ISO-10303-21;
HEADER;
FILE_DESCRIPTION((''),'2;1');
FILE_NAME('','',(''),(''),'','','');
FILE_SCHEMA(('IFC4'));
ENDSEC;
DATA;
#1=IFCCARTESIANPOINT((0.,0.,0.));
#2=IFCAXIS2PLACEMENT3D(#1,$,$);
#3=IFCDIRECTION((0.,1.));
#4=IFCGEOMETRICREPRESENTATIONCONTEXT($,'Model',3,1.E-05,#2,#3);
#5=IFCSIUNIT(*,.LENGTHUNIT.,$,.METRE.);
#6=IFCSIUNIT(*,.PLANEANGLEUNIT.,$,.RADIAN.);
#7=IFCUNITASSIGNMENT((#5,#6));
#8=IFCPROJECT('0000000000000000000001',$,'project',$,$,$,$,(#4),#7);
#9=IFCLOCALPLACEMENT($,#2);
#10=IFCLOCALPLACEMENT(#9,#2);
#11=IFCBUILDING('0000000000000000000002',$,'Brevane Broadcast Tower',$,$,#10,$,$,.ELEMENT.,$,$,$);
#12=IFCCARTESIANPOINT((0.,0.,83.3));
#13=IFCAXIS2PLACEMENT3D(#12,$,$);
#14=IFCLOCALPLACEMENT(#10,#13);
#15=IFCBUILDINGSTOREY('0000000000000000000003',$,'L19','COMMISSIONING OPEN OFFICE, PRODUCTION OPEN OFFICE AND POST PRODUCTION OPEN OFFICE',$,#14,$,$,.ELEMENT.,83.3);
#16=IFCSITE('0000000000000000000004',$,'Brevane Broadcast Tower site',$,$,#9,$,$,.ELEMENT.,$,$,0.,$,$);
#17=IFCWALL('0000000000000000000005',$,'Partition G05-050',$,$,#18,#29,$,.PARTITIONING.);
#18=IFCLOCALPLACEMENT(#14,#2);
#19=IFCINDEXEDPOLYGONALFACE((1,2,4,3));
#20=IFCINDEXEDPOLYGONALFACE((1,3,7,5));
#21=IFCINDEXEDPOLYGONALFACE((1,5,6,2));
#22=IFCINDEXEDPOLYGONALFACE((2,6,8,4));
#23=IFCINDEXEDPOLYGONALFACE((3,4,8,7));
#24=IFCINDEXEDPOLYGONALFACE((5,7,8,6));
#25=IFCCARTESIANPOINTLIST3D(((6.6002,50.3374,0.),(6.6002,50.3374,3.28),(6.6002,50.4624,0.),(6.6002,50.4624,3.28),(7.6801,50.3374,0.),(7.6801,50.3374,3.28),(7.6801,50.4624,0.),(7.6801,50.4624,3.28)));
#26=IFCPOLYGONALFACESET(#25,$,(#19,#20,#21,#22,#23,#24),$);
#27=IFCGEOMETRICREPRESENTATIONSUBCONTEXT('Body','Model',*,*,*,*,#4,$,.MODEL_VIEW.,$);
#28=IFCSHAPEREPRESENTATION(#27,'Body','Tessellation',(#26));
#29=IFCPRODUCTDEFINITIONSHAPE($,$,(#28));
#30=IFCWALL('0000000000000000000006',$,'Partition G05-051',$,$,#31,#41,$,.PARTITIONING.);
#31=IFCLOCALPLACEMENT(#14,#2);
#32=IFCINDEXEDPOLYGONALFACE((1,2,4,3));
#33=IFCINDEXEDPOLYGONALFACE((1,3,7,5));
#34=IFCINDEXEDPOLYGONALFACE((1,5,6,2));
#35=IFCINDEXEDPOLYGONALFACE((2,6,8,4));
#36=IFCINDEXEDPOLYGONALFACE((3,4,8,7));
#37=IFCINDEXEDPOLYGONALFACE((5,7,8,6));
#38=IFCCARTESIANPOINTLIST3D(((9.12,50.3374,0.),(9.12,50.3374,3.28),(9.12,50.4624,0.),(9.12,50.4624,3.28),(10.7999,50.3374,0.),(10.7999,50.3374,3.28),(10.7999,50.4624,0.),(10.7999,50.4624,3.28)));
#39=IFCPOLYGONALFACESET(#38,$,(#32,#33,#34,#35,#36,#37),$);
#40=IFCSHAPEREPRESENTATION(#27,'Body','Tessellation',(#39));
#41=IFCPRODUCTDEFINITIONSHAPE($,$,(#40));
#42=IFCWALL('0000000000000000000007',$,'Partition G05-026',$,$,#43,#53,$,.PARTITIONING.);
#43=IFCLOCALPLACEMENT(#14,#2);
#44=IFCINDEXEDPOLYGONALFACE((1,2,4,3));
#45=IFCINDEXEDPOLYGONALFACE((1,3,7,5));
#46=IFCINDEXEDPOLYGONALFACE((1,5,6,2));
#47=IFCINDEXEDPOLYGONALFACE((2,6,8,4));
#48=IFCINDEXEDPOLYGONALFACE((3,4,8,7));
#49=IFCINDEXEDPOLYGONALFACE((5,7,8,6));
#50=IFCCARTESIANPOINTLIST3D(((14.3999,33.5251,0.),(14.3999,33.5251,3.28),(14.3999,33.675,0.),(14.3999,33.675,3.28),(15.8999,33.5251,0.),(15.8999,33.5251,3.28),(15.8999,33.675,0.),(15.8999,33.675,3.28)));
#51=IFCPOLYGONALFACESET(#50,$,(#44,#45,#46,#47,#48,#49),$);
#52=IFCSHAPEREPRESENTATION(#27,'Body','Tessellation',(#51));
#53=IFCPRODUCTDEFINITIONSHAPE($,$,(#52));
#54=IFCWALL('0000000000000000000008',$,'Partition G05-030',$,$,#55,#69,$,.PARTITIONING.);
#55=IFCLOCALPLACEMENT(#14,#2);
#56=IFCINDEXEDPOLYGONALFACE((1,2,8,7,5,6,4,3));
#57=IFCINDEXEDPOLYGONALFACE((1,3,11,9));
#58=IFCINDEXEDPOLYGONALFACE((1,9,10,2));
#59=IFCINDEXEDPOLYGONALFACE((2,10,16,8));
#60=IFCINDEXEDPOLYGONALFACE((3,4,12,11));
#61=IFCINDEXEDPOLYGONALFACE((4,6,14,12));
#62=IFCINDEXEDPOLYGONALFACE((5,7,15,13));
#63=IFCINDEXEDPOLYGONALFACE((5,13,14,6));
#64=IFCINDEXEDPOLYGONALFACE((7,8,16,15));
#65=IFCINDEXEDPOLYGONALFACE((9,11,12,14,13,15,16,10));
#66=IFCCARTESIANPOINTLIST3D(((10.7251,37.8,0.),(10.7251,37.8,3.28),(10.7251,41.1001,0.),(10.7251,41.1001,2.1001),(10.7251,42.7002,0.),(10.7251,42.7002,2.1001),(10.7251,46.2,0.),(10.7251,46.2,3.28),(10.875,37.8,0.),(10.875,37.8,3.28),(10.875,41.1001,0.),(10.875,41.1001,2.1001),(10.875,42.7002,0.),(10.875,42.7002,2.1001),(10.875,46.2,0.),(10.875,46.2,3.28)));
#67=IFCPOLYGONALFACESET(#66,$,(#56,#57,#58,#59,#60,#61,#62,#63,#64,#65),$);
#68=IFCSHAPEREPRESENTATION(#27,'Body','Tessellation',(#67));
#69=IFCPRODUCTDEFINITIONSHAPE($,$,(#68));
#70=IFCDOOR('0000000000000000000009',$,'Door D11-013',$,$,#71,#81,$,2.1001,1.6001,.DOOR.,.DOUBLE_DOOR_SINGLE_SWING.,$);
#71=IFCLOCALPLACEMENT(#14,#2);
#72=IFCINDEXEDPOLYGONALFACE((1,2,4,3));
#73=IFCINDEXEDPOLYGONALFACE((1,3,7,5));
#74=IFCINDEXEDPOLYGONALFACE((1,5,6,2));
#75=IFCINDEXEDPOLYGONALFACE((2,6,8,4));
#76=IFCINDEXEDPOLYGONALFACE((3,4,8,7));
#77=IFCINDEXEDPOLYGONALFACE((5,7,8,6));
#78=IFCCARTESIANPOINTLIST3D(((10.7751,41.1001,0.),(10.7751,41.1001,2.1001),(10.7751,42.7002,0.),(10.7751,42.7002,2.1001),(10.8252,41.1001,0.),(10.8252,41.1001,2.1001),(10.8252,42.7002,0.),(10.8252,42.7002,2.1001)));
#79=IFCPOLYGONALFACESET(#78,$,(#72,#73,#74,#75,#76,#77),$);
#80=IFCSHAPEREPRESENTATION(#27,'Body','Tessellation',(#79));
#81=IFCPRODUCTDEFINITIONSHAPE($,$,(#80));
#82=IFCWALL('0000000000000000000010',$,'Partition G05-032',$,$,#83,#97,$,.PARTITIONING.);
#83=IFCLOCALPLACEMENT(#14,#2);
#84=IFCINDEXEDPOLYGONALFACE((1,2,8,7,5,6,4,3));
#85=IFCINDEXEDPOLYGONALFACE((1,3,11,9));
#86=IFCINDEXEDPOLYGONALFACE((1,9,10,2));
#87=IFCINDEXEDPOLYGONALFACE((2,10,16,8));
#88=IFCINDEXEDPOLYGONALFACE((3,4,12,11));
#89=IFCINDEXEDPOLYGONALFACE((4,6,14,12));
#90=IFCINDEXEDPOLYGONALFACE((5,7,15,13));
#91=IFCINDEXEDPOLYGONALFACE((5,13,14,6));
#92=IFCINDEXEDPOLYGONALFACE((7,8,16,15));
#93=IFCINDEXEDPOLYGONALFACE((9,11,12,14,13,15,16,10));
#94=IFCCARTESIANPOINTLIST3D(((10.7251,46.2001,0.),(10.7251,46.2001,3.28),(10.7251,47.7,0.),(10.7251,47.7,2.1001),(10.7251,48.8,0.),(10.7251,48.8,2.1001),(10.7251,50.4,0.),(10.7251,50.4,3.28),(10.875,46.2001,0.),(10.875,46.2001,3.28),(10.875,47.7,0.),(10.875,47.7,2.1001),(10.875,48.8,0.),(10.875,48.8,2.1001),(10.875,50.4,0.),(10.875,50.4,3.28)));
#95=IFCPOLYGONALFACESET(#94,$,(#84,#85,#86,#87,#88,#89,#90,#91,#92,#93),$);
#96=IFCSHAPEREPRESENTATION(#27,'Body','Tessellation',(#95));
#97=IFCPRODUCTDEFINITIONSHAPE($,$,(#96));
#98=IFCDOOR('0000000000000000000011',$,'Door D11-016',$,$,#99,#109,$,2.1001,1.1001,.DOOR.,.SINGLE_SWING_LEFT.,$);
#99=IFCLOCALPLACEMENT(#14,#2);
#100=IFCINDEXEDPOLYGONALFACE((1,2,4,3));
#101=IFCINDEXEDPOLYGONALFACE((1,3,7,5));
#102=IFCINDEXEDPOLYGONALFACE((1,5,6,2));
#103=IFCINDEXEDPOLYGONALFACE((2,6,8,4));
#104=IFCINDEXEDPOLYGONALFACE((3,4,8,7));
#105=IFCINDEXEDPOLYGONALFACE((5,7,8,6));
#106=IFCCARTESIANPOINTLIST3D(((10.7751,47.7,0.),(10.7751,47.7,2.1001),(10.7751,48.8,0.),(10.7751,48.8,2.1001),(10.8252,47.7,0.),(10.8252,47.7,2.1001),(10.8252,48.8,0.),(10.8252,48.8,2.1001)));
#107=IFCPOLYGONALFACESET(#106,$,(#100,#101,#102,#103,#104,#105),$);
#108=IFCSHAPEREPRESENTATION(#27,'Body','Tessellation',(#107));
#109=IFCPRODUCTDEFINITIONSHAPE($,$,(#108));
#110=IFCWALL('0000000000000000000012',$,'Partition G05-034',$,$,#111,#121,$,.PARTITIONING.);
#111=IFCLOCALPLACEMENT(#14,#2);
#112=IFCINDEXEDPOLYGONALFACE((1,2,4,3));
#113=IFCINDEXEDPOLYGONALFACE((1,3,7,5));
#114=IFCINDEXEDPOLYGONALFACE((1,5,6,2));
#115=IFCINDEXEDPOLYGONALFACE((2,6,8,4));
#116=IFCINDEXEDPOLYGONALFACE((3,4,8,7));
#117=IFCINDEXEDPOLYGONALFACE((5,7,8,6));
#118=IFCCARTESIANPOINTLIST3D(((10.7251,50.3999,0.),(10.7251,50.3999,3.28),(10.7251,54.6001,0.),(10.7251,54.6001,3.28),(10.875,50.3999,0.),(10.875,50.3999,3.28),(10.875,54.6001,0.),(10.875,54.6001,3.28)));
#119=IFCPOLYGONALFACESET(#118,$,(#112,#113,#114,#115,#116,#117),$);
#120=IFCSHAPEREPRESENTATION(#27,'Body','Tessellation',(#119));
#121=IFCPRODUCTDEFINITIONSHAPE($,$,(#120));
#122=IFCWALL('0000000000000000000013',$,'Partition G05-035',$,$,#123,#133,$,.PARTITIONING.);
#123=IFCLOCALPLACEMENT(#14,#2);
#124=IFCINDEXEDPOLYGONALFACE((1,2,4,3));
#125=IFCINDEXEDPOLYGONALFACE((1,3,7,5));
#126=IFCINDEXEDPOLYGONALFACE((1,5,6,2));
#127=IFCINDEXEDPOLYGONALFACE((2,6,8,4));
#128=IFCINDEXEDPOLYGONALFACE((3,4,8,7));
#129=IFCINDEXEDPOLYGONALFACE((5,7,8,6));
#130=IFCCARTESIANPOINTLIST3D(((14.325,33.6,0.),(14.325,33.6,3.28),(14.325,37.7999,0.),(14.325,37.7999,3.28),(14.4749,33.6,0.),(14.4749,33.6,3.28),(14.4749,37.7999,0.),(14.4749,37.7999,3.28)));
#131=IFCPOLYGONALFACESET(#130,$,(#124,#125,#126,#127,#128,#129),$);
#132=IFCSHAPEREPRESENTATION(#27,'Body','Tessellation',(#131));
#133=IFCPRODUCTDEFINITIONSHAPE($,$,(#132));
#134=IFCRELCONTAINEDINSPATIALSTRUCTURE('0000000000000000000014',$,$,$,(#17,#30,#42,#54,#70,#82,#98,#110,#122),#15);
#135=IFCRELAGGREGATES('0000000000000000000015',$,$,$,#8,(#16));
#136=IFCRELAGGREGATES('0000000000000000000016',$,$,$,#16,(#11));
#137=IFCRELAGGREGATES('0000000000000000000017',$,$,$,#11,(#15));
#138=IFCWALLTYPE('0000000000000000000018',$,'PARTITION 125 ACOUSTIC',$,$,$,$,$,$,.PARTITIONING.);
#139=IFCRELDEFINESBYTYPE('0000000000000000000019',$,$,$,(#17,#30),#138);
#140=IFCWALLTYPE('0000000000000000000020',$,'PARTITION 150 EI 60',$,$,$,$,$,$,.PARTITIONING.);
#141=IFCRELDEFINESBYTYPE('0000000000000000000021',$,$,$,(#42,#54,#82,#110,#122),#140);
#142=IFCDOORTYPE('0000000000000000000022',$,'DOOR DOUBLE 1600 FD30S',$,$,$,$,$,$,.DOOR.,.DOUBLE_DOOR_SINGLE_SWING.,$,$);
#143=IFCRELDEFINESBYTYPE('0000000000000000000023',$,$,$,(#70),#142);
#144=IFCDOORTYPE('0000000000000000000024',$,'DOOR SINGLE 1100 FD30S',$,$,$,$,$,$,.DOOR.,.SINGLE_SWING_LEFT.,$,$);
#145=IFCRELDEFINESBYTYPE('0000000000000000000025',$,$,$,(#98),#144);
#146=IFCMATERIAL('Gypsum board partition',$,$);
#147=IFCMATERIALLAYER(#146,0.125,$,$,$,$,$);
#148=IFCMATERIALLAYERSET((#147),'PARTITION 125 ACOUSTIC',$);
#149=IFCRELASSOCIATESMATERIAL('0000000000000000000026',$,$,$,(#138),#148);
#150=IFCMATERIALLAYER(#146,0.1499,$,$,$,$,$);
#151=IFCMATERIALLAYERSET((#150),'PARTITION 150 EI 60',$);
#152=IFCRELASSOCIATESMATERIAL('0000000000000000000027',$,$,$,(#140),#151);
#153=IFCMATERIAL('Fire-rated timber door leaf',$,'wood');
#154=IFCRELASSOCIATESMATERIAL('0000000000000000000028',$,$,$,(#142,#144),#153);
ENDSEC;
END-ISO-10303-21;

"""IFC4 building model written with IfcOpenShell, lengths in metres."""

from ifc_helpers import new_model, si_unit, direction, frame, frame_2d, origin, place, context, subcontext, project, spatial, rectangle, extrude, material, layer, layer_set, type_object, element, fill, save


model = new_model("IFC4")

# Units and contexts
model_context = context("Model", 3, precision=1e-05, world=origin(), true_north=direction((0.0, 1.0)))
body_context = subcontext(model_context, "Body", "Model", "MODEL_VIEW")
ifc_project = project(units=[si_unit("LENGTHUNIT", "METRE"), si_unit("PLANEANGLEUNIT", "RADIAN")], contexts=[model_context])

# Site, building, storey
site_placement = place(None, origin())
site = spatial("IfcSite", under=ifc_project, at=site_placement, Name="Brevane Broadcast Tower site", CompositionType="ELEMENT", RefElevation=0.0)
building_placement = place(site_placement, origin())
building = spatial("IfcBuilding", under=site, at=building_placement, Name="Brevane Broadcast Tower", CompositionType="ELEMENT")
storey_placement = place(building_placement, frame((0.0, 0.0, 83.3)))
storey = spatial("IfcBuildingStorey", under=building, at=storey_placement, Name="L19", Description="COMMISSIONING OPEN OFFICE, PRODUCTION OPEN OFFICE AND POST PRODUCTION OPEN OFFICE", CompositionType="ELEMENT", Elevation=83.3)

# Shared definitions
ifc_material_1 = material(Name="Gypsum board partition")

# Walls
ifc_layer_1 = layer(ifc_material_1, 0.125)
ifc_layer_set_1 = layer_set([ifc_layer_1], Name="PARTITION 125 ACOUSTIC")
wall_type_1 = type_object("IfcWallType", Name="PARTITION 125 ACOUSTIC", PredefinedType="PARTITIONING", material=ifc_layer_set_1)
wall_1_placement = place(storey_placement, frame((6.6001, 50.3999, 0.0), z_axis=(0.0, 0.0, 1.0), x_axis=(1.0, 0.0, 0.0)))
element("IfcWall", 1, at=wall_1_placement, inside=storey, type_object=wall_type_1, Name="Partition G05-050", PredefinedType="PARTITIONING", context=body_context, shape_type="SweptSolid", body=[
    extrude(rectangle(XDim=1.0798, YDim=0.125, at=frame_2d((0.54, 0.0))), origin(), (0.0, 0.0, 1.0), 3.28),
])
wall_2_placement = place(storey_placement, frame((9.1201, 50.3999, 0.0), z_axis=(0.0, 0.0, 1.0), x_axis=(1.0, 0.0, 0.0)))
element("IfcWall", 2, at=wall_2_placement, inside=storey, type_object=wall_type_1, Name="Partition G05-051", PredefinedType="PARTITIONING", context=body_context, shape_type="SweptSolid", body=[
    extrude(rectangle(XDim=1.6799, YDim=0.125, at=frame_2d((0.8398, 0.0))), origin(), (0.0, 0.0, 1.0), 3.28),
])
ifc_layer_2 = layer(ifc_material_1, 0.1499)
ifc_layer_set_2 = layer_set([ifc_layer_2], Name="PARTITION 150 EI 60")
wall_type_2 = type_object("IfcWallType", Name="PARTITION 150 EI 60", PredefinedType="PARTITIONING", material=ifc_layer_set_2)
wall_3_placement = place(storey_placement, frame((14.3999, 33.6001, 0.0), z_axis=(0.0, 0.0, 1.0), x_axis=(1.0, 0.0, 0.0)))
element("IfcWall", 3, at=wall_3_placement, inside=storey, type_object=wall_type_2, Name="Partition G05-026", PredefinedType="PARTITIONING", context=body_context, shape_type="SweptSolid", body=[
    extrude(rectangle(XDim=1.5, YDim=0.1499, at=frame_2d((0.75, 0.0))), origin(), (0.0, 0.0, 1.0), 3.28),
])

# Walls, openings, doors
wall_4_placement = place(storey_placement, frame((10.8, 37.8, 0.0), z_axis=(0.0, 0.0, 1.0), x_axis=(0.0, 1.0, 0.0)))
wall_4 = element("IfcWall", 4, at=wall_4_placement, inside=storey, type_object=wall_type_2, Name="Partition G05-030", PredefinedType="PARTITIONING", context=body_context, shape_type="SweptSolid", body=[
    extrude(rectangle(XDim=8.3999, YDim=0.1499, at=frame_2d((4.2, 0.0))), origin(), (0.0, 0.0, 1.0), 3.28),
])
opening_1_placement = place(wall_4_placement, frame((3.3, 0.0, 0.0)))
opening_1 = element("IfcOpeningElement", 5, at=opening_1_placement, cuts=wall_4, PredefinedType="OPENING", context=body_context, shape_type="SweptSolid", body=[
    extrude(rectangle(XDim=1.6001, YDim=2.1001, at=frame_2d((0.8, 1.05))), frame((0.0, 0.085, 0.0), z_axis=(0.0, -1.0, 0.0), x_axis=(1.0, 0.0, 0.0)), (0.0, 0.0, 1.0), 0.1699),
])
ifc_material_2 = material(Name="Fire-rated timber door leaf", Category="wood")
door_type_1 = type_object("IfcDoorType", Name="DOOR DOUBLE 1600 FD30S", OperationType="DOUBLE_DOOR_SINGLE_SWING", PredefinedType="DOOR", material=ifc_material_2)
door_1_placement = place(opening_1_placement, origin())
door_1 = element("IfcDoor", 6, at=door_1_placement, inside=storey, type_object=door_type_1, Name="Door D11-013", OperationType="DOUBLE_DOOR_SINGLE_SWING", OverallHeight=2.1001, OverallWidth=1.6001, PredefinedType="DOOR", context=body_context, shape_type="SweptSolid", body=[
    extrude(rectangle(XDim=1.6001, YDim=2.1001, at=frame_2d((0.8, 1.05))), frame((0.0, 0.0249, 0.0), z_axis=(0.0, -1.0, 0.0), x_axis=(1.0, 0.0, 0.0)), (0.0, 0.0, 1.0), 0.05),
])
fill(opening_1, door_1)
wall_5_placement = place(storey_placement, frame((10.8, 46.2, 0.0), z_axis=(0.0, 0.0, 1.0), x_axis=(0.0, 1.0, 0.0)))
wall_5 = element("IfcWall", 7, at=wall_5_placement, inside=storey, type_object=wall_type_2, Name="Partition G05-032", PredefinedType="PARTITIONING", context=body_context, shape_type="SweptSolid", body=[
    extrude(rectangle(XDim=4.2, YDim=0.1499, at=frame_2d((2.1001, 0.0))), origin(), (0.0, 0.0, 1.0), 3.28),
])
opening_2_placement = place(wall_5_placement, frame((1.5, 0.0, 0.0)))
opening_2 = element("IfcOpeningElement", 8, at=opening_2_placement, cuts=wall_5, PredefinedType="OPENING", context=body_context, shape_type="SweptSolid", body=[
    extrude(rectangle(XDim=1.1001, YDim=2.1001, at=frame_2d((0.55, 1.05))), frame((0.0, 0.085, 0.0), z_axis=(0.0, -1.0, 0.0), x_axis=(1.0, 0.0, 0.0)), (0.0, 0.0, 1.0), 0.1699),
])
door_type_2 = type_object("IfcDoorType", Name="DOOR SINGLE 1100 FD30S", OperationType="SINGLE_SWING_LEFT", PredefinedType="DOOR", material=ifc_material_2)
door_2_placement = place(opening_2_placement, origin())
door_2 = element("IfcDoor", 9, at=door_2_placement, inside=storey, type_object=door_type_2, Name="Door D11-016", OperationType="SINGLE_SWING_LEFT", OverallHeight=2.1001, OverallWidth=1.1001, PredefinedType="DOOR", context=body_context, shape_type="SweptSolid", body=[
    extrude(rectangle(XDim=1.1001, YDim=2.1001, at=frame_2d((0.55, 1.05))), frame((0.0, 0.0249, 0.0), z_axis=(0.0, -1.0, 0.0), x_axis=(1.0, 0.0, 0.0)), (0.0, 0.0, 1.0), 0.05),
])
fill(opening_2, door_2)

# Walls
wall_6_placement = place(storey_placement, frame((10.8, 50.3999, 0.0), z_axis=(0.0, 0.0, 1.0), x_axis=(0.0, 1.0, 0.0)))
element("IfcWall", 10, at=wall_6_placement, inside=storey, type_object=wall_type_2, Name="Partition G05-034", PredefinedType="PARTITIONING", context=body_context, shape_type="SweptSolid", body=[
    extrude(rectangle(XDim=4.2002, YDim=0.1499, at=frame_2d((2.1001, 0.0))), origin(), (0.0, 0.0, 1.0), 3.28),
])
wall_7_placement = place(storey_placement, frame((14.3999, 37.8, 0.0), z_axis=(0.0, 0.0, 1.0), x_axis=(0.0, -1.0, 0.0)))
element("IfcWall", 11, at=wall_7_placement, inside=storey, type_object=wall_type_2, Name="Partition G05-035", PredefinedType="PARTITIONING", context=body_context, shape_type="SweptSolid", body=[
    extrude(rectangle(XDim=4.2, YDim=0.1499, at=frame_2d((2.1001, 0.0))), origin(), (0.0, 0.0, 1.0), 3.28),
])

save(model, "model.ifc")
